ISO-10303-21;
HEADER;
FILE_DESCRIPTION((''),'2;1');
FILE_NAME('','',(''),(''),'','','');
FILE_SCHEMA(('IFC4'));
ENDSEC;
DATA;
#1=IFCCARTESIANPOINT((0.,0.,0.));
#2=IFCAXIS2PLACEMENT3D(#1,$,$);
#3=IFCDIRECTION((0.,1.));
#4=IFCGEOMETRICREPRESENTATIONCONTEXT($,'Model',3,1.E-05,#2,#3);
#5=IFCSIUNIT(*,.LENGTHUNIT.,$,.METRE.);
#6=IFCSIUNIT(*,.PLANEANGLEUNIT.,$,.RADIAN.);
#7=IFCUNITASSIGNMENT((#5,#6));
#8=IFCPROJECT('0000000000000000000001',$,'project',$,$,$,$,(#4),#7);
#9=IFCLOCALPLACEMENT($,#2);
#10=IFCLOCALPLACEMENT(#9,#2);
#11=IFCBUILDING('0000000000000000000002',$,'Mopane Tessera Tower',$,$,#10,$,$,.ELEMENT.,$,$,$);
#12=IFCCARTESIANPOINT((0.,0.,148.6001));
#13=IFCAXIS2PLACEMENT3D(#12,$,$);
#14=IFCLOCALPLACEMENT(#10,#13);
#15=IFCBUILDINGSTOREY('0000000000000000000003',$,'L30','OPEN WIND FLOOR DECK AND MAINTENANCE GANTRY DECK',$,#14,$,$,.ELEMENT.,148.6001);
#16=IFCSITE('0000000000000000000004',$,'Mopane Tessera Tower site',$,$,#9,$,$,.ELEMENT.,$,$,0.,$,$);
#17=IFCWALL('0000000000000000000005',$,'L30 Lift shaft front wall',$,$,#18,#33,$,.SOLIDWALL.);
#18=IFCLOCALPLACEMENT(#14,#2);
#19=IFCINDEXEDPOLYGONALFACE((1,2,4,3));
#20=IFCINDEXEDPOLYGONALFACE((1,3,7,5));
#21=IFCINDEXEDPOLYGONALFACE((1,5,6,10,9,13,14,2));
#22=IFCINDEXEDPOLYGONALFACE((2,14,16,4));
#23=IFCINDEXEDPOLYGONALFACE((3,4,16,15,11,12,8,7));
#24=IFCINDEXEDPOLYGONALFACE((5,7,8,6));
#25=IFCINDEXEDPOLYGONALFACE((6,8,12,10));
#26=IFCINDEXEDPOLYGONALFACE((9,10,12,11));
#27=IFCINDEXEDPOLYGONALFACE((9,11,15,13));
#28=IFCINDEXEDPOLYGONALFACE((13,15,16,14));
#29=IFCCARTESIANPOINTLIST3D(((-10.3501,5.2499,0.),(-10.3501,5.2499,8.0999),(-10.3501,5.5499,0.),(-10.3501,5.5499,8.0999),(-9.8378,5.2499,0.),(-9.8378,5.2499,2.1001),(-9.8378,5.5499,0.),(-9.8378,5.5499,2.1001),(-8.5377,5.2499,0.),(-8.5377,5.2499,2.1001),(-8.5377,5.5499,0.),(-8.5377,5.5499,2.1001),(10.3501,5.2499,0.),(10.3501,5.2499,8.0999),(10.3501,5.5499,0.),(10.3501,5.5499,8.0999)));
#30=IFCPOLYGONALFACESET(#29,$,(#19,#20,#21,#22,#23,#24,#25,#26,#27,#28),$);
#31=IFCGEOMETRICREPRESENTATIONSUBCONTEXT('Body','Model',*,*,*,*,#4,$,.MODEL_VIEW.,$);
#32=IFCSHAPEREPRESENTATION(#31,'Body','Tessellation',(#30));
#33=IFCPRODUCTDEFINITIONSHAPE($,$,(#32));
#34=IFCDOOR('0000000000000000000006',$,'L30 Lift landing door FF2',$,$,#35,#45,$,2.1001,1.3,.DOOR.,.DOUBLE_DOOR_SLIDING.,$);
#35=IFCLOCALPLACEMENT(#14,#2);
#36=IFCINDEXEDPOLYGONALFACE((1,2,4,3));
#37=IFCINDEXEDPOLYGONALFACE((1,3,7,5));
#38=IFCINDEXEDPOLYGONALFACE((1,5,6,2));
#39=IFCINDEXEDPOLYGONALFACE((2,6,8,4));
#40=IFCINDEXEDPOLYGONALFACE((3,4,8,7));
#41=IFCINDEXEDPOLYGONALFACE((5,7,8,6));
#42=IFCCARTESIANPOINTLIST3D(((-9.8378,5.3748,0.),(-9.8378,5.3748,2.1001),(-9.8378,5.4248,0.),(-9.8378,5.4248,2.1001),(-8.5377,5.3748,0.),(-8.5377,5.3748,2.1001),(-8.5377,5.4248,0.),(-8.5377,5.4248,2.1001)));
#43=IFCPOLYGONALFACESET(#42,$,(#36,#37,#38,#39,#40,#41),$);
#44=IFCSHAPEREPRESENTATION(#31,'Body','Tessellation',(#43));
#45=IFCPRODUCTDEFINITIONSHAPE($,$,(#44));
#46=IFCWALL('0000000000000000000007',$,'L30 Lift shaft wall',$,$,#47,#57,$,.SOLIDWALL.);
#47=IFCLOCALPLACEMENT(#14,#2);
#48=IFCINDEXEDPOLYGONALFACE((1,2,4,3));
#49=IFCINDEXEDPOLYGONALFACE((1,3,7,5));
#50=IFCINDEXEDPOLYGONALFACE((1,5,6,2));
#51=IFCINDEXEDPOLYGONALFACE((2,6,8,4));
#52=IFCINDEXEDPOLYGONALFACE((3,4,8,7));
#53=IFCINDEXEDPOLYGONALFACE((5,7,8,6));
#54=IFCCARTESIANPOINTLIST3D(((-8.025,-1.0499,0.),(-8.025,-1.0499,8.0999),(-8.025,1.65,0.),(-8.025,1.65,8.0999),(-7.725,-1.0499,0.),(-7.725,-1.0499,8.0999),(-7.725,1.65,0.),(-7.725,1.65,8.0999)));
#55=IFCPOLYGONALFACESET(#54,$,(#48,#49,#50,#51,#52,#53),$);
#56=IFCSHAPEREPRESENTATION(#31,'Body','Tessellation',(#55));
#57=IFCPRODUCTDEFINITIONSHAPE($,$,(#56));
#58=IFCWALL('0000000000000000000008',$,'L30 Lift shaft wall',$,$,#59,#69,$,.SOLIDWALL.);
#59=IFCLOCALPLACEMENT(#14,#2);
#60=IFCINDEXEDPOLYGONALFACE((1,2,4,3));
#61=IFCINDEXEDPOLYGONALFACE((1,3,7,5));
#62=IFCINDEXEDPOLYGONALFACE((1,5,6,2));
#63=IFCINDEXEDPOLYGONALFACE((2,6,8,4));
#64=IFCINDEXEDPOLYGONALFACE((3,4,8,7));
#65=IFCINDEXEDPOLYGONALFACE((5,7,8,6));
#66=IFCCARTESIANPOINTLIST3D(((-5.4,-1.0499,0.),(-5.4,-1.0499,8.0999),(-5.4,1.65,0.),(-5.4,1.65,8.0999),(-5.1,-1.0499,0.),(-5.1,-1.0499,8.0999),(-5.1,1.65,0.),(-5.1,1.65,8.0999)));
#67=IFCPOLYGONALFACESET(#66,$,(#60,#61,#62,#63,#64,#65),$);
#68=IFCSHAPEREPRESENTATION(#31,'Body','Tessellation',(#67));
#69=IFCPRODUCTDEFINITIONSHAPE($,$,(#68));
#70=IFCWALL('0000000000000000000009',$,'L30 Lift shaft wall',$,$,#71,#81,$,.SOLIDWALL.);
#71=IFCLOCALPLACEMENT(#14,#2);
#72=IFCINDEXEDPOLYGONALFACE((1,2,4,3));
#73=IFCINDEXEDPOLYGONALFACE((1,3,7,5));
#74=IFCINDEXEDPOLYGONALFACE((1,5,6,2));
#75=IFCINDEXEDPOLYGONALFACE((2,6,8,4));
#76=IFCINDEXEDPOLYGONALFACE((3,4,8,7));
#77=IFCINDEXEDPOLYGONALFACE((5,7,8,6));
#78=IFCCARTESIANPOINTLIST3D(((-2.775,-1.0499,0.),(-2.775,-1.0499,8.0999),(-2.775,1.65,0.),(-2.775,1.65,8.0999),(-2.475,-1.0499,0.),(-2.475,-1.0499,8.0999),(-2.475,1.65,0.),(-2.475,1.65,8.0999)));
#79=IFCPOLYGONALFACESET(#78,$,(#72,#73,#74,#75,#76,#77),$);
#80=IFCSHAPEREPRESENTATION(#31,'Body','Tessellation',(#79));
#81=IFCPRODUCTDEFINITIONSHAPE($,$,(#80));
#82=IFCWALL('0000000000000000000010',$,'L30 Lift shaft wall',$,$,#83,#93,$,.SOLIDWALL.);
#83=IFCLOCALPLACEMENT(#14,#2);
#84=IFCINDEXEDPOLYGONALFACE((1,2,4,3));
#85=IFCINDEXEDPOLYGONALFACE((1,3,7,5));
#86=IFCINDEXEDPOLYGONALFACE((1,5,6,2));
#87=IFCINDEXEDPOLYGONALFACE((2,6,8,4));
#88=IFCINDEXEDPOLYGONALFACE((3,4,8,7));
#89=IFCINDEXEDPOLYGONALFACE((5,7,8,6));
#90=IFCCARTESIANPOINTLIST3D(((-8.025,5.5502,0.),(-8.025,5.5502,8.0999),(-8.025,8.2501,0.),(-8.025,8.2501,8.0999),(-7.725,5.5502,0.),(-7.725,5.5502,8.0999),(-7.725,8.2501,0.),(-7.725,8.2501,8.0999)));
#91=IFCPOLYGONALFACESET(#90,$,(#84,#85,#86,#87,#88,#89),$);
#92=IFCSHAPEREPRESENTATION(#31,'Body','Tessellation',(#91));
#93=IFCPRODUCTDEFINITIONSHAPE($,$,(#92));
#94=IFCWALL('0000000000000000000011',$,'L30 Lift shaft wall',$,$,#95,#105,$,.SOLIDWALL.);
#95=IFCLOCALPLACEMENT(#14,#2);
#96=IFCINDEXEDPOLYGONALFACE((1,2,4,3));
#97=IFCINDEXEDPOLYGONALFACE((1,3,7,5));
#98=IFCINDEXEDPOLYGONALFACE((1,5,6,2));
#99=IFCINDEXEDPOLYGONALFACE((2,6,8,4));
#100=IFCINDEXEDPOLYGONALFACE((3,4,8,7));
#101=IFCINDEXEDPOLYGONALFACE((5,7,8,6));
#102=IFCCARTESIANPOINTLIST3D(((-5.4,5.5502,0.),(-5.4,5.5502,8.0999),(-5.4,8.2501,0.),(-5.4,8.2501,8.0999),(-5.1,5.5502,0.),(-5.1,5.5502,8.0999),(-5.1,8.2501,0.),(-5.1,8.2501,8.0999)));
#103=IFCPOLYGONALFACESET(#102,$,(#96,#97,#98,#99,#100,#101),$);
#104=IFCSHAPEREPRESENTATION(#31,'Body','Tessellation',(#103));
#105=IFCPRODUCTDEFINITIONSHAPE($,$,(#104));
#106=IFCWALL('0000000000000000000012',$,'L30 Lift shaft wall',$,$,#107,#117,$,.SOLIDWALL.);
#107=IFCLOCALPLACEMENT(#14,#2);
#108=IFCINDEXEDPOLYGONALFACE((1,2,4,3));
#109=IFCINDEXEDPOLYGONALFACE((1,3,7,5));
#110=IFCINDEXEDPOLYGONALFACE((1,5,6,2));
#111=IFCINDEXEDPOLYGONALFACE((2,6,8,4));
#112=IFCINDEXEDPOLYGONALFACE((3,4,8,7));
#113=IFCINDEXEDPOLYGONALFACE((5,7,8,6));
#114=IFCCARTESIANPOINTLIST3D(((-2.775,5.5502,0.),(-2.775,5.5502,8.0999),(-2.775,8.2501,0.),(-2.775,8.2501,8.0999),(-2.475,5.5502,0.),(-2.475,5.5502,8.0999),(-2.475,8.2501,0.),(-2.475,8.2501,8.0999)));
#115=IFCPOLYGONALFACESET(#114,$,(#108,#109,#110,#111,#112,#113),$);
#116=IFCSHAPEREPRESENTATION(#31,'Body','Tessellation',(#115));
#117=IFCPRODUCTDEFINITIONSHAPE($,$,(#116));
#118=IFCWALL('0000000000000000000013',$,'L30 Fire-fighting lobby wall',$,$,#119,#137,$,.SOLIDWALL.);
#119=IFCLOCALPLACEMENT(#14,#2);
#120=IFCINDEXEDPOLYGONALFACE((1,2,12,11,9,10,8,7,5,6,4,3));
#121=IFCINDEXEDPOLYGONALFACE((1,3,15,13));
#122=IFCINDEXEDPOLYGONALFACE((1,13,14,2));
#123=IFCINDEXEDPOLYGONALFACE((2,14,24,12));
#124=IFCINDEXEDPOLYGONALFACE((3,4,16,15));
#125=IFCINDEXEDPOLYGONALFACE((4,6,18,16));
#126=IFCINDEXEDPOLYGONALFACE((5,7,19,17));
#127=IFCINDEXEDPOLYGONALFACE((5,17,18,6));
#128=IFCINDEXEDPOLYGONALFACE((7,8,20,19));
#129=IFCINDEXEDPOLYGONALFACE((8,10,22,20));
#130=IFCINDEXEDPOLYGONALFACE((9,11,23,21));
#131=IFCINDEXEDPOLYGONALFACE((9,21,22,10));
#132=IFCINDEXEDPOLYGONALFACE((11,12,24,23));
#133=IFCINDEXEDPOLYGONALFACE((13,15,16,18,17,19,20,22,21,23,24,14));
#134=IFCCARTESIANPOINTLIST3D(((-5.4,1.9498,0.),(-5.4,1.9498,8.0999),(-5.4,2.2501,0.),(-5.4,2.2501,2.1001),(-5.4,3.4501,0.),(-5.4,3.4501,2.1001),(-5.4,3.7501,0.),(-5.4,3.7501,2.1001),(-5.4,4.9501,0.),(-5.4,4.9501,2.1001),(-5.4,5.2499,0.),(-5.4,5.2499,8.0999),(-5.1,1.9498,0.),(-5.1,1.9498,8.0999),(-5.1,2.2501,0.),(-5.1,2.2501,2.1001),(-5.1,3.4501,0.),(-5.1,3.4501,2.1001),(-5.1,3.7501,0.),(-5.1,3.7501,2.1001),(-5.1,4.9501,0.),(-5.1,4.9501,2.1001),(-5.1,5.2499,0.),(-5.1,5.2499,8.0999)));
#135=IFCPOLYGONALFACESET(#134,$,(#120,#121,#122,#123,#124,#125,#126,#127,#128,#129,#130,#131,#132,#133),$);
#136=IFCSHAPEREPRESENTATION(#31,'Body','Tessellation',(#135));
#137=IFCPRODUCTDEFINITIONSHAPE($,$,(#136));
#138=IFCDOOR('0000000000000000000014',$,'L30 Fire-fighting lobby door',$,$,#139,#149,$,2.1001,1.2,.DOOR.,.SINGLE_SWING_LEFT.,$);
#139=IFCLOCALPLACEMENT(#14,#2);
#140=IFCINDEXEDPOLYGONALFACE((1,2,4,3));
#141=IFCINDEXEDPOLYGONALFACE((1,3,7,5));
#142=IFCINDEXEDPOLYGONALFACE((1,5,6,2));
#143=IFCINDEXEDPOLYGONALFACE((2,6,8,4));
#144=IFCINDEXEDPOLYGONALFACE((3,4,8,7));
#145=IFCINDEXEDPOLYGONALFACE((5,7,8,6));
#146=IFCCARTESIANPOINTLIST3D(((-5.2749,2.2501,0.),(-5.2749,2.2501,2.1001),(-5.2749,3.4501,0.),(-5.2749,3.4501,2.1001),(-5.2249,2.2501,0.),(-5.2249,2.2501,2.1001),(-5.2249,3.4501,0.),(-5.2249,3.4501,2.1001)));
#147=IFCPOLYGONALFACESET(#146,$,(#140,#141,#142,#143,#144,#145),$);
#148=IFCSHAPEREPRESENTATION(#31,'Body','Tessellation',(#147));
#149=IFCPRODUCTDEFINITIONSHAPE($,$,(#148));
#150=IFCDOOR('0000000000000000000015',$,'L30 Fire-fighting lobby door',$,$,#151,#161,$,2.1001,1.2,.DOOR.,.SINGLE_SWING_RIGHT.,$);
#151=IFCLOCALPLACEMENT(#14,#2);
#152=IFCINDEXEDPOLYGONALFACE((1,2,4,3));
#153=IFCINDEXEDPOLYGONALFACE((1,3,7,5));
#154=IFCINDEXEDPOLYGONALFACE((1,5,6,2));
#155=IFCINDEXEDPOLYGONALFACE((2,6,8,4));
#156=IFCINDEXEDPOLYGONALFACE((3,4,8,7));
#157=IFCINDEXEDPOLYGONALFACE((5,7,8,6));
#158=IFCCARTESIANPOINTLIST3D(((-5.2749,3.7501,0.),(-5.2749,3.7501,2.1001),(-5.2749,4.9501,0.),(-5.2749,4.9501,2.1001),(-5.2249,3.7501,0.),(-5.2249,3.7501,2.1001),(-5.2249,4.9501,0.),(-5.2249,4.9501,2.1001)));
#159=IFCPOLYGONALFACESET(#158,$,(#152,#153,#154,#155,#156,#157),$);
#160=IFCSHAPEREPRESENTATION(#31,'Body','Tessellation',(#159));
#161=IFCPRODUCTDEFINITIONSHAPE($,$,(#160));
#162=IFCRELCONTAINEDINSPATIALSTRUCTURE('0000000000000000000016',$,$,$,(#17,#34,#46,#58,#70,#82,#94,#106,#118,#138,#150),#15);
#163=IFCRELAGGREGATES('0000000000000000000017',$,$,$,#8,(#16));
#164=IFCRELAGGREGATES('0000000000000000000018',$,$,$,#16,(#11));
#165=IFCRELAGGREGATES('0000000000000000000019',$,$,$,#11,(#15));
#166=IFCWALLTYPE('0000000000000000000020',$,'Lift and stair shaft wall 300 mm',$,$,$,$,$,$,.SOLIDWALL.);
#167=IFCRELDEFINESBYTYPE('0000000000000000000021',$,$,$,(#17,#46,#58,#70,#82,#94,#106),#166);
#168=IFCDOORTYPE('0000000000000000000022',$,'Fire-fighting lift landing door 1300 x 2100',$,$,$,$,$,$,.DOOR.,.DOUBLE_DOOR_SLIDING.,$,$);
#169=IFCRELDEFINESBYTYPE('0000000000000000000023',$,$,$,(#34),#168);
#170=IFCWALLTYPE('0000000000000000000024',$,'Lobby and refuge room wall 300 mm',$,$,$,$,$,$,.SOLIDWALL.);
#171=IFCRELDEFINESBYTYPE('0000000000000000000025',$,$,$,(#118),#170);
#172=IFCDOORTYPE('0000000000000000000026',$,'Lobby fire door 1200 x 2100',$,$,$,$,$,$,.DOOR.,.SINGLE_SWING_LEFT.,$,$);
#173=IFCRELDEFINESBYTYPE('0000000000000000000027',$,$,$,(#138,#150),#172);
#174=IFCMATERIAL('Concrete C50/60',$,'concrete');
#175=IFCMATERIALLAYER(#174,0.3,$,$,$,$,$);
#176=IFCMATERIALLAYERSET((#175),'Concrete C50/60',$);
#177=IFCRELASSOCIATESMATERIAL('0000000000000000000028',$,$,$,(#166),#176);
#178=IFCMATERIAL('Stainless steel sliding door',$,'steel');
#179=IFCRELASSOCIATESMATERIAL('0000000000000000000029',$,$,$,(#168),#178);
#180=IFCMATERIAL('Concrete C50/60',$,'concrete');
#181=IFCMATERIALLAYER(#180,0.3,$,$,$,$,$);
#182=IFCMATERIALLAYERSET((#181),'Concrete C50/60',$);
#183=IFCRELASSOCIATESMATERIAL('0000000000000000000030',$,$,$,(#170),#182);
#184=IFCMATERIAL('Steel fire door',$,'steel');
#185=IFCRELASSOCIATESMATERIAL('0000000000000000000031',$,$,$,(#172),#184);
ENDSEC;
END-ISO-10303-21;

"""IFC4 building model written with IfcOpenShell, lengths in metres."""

from ifc_helpers import new_model, si_unit, direction, frame, frame_2d, origin, place, context, subcontext, project, spatial, rectangle, extrude, material, layer, layer_set, type_object, element, fill, save


model = new_model("IFC4")

# Units and contexts
model_context = context("Model", 3, precision=1e-05, world=origin(), true_north=direction((0.0, 1.0)))
body_context = subcontext(model_context, "Body", "Model", "MODEL_VIEW")
ifc_project = project(units=[si_unit("LENGTHUNIT", "METRE"), si_unit("PLANEANGLEUNIT", "RADIAN")], contexts=[model_context])

# Site, building, storey
site_placement = place(None, origin())
site = spatial("IfcSite", under=ifc_project, at=site_placement, Name="Mopane Tessera Tower site", CompositionType="ELEMENT", RefElevation=0.0)
building_placement = place(site_placement, origin())
building = spatial("IfcBuilding", under=site, at=building_placement, Name="Mopane Tessera Tower", CompositionType="ELEMENT")
storey_placement = place(building_placement, frame((0.0, 0.0, 148.6001)))
storey = spatial("IfcBuildingStorey", under=building, at=storey_placement, Name="L30", Description="OPEN WIND FLOOR DECK AND MAINTENANCE GANTRY DECK", CompositionType="ELEMENT", Elevation=148.6001)

# Shared definitions
ifc_material_1 = material(Name="Concrete C50/60", Category="concrete")
ifc_layer_1 = layer(ifc_material_1, 0.3)
ifc_layer_set_1 = layer_set([ifc_layer_1], Name="Concrete C50/60")
wall_type_1 = type_object("IfcWallType", Name="Lift and stair shaft wall 300 mm", PredefinedType="SOLIDWALL", material=ifc_layer_set_1)
ifc_material_2 = material(Name="Stainless steel sliding door", Category="steel")
door_type_1 = type_object("IfcDoorType", Name="Fire-fighting lift landing door 1300 x 2100", OperationType="DOUBLE_DOOR_SLIDING", PredefinedType="DOOR", material=ifc_material_2)

# Wall, opening, door
wall_1_placement = place(storey_placement, frame((-10.3501, 5.3999, 0.0), z_axis=(0.0, 0.0, 1.0), x_axis=(1.0, 0.0, 0.0)))
wall_1 = element("IfcWall", 1, at=wall_1_placement, inside=storey, type_object=wall_type_1, Name="L30 Lift shaft front wall", PredefinedType="SOLIDWALL", context=body_context, shape_type="SweptSolid", body=[
    extrude(rectangle(XDim=20.7002, YDim=0.3, at=frame_2d((10.3501, 0.0))), origin(), (0.0, 0.0, 1.0), 8.0999),
])
opening_1_placement = place(wall_1_placement, frame((0.5125, 0.0, 0.0)))
opening_1 = element("IfcOpeningElement", 2, at=opening_1_placement, cuts=wall_1, PredefinedType="OPENING", context=body_context, shape_type="SweptSolid", body=[
    extrude(rectangle(XDim=1.3, YDim=2.1001, at=frame_2d((0.6499, 1.05))), frame((0.0, 0.1621, 0.0), z_axis=(0.0, -1.0, 0.0), x_axis=(1.0, 0.0, 0.0)), (0.0, 0.0, 1.0), 0.324),
])
door_1_placement = place(opening_1_placement, origin())
door_1 = element("IfcDoor", 3, at=door_1_placement, inside=storey, type_object=door_type_1, Name="L30 Lift landing door FF2", OperationType="DOUBLE_DOOR_SLIDING", OverallHeight=2.1001, OverallWidth=1.3, PredefinedType="DOOR", context=body_context, shape_type="SweptSolid", body=[
    extrude(rectangle(XDim=1.3, YDim=2.1001, at=frame_2d((0.6499, 1.05))), frame((0.0, 0.0249, 0.0), z_axis=(0.0, -1.0, 0.0), x_axis=(1.0, 0.0, 0.0)), (0.0, 0.0, 1.0), 0.05),
])
fill(opening_1, door_1)

# Walls
for number, where, z_axis, x_axis, name in (
    (4, (-7.875, -1.05, 0.0), (0.0, 0.0, 1.0), (0.0, 1.0, 0.0), "L30 Lift shaft wall"),
    (5, (-5.25, -1.05, 0.0), (0.0, 0.0, 1.0), (0.0, 1.0, 0.0), "L30 Lift shaft wall"),
    (6, (-2.625, -1.05, 0.0), (0.0, 0.0, 1.0), (0.0, 1.0, 0.0), "L30 Lift shaft wall"),
    (7, (-7.875, 5.55, 0.0), (0.0, 0.0, 1.0), (0.0, 1.0, 0.0), "L30 Lift shaft wall"),
    (8, (-5.25, 5.55, 0.0), (0.0, 0.0, 1.0), (0.0, 1.0, 0.0), "L30 Lift shaft wall"),
    (9, (-2.625, 5.55, 0.0), (0.0, 0.0, 1.0), (0.0, 1.0, 0.0), "L30 Lift shaft wall"),
):
    element("IfcWall", number, at=place(storey_placement, frame(where, z_axis=z_axis, x_axis=x_axis)), inside=storey, type_object=wall_type_1, Name=name, PredefinedType="SOLIDWALL", context=body_context, shape_type="SweptSolid", body=[
        extrude(rectangle(XDim=2.7, YDim=0.3, at=frame_2d((1.3501, 0.0))), origin(), (0.0, 0.0, 1.0), 8.0999),
    ])

# Wall, openings, doors
ifc_material_3 = material(Name="Concrete C50/60", Category="concrete")
ifc_layer_2 = layer(ifc_material_3, 0.3)
ifc_layer_set_2 = layer_set([ifc_layer_2], Name="Concrete C50/60")
wall_type_2 = type_object("IfcWallType", Name="Lobby and refuge room wall 300 mm", PredefinedType="SOLIDWALL", material=ifc_layer_set_2)
wall_2_placement = place(storey_placement, frame((-5.25, 1.95, 0.0), z_axis=(0.0, 0.0, 1.0), x_axis=(0.0, 1.0, 0.0)))
wall_2 = element("IfcWall", 10, at=wall_2_placement, inside=storey, type_object=wall_type_2, Name="L30 Fire-fighting lobby wall", PredefinedType="SOLIDWALL", context=body_context, shape_type="SweptSolid", body=[
    extrude(rectangle(XDim=3.3, YDim=0.3, at=frame_2d((1.6499, 0.0))), origin(), (0.0, 0.0, 1.0), 8.0999),
])
opening_2_placement = place(wall_2_placement, frame((0.3, 0.0, 0.0)))
opening_2 = element("IfcOpeningElement", 11, at=opening_2_placement, cuts=wall_2, PredefinedType="OPENING", context=body_context, shape_type="SweptSolid", body=[
    extrude(rectangle(XDim=1.2, YDim=2.1001, at=frame_2d((0.6001, 1.05))), frame((0.0, 0.1621, 0.0), z_axis=(0.0, -1.0, 0.0), x_axis=(1.0, 0.0, 0.0)), (0.0, 0.0, 1.0), 0.324),
])
opening_3_placement = place(wall_2_placement, frame((1.8, 0.0, 0.0)))
opening_3 = element("IfcOpeningElement", 12, at=opening_3_placement, cuts=wall_2, PredefinedType="OPENING", context=body_context, shape_type="SweptSolid", body=[
    extrude(rectangle(XDim=1.2, YDim=2.1001, at=frame_2d((0.6001, 1.05))), frame((0.0, 0.1621, 0.0), z_axis=(0.0, -1.0, 0.0), x_axis=(1.0, 0.0, 0.0)), (0.0, 0.0, 1.0), 0.324),
])
ifc_material_4 = material(Name="Steel fire door", Category="steel")
door_type_2 = type_object("IfcDoorType", Name="Lobby fire door 1200 x 2100", OperationType="SINGLE_SWING_LEFT", PredefinedType="DOOR", material=ifc_material_4)
door_2_placement = place(opening_2_placement, origin())
door_2 = element("IfcDoor", 13, at=door_2_placement, inside=storey, type_object=door_type_2, Name="L30 Fire-fighting lobby door", OperationType="SINGLE_SWING_LEFT", OverallHeight=2.1001, OverallWidth=1.2, PredefinedType="DOOR", context=body_context, shape_type="SweptSolid", body=[
    extrude(rectangle(XDim=1.2, YDim=2.1001, at=frame_2d((0.6001, 1.05))), frame((0.0, 0.0249, 0.0), z_axis=(0.0, -1.0, 0.0), x_axis=(1.0, 0.0, 0.0)), (0.0, 0.0, 1.0), 0.05),
])
fill(opening_2, door_2)
door_3_placement = place(opening_3_placement, origin())
door_3 = element("IfcDoor", 14, at=door_3_placement, inside=storey, type_object=door_type_2, Name="L30 Fire-fighting lobby door", OperationType="SINGLE_SWING_RIGHT", OverallHeight=2.1001, OverallWidth=1.2, PredefinedType="DOOR", context=body_context, shape_type="SweptSolid", body=[
    extrude(rectangle(XDim=1.2, YDim=2.1001, at=frame_2d((0.6001, 1.05))), frame((0.0, 0.0249, 0.0), z_axis=(0.0, -1.0, 0.0), x_axis=(1.0, 0.0, 0.0)), (0.0, 0.0, 1.0), 0.05),
])
fill(opening_3, door_3)

save(model, "model.ifc")
